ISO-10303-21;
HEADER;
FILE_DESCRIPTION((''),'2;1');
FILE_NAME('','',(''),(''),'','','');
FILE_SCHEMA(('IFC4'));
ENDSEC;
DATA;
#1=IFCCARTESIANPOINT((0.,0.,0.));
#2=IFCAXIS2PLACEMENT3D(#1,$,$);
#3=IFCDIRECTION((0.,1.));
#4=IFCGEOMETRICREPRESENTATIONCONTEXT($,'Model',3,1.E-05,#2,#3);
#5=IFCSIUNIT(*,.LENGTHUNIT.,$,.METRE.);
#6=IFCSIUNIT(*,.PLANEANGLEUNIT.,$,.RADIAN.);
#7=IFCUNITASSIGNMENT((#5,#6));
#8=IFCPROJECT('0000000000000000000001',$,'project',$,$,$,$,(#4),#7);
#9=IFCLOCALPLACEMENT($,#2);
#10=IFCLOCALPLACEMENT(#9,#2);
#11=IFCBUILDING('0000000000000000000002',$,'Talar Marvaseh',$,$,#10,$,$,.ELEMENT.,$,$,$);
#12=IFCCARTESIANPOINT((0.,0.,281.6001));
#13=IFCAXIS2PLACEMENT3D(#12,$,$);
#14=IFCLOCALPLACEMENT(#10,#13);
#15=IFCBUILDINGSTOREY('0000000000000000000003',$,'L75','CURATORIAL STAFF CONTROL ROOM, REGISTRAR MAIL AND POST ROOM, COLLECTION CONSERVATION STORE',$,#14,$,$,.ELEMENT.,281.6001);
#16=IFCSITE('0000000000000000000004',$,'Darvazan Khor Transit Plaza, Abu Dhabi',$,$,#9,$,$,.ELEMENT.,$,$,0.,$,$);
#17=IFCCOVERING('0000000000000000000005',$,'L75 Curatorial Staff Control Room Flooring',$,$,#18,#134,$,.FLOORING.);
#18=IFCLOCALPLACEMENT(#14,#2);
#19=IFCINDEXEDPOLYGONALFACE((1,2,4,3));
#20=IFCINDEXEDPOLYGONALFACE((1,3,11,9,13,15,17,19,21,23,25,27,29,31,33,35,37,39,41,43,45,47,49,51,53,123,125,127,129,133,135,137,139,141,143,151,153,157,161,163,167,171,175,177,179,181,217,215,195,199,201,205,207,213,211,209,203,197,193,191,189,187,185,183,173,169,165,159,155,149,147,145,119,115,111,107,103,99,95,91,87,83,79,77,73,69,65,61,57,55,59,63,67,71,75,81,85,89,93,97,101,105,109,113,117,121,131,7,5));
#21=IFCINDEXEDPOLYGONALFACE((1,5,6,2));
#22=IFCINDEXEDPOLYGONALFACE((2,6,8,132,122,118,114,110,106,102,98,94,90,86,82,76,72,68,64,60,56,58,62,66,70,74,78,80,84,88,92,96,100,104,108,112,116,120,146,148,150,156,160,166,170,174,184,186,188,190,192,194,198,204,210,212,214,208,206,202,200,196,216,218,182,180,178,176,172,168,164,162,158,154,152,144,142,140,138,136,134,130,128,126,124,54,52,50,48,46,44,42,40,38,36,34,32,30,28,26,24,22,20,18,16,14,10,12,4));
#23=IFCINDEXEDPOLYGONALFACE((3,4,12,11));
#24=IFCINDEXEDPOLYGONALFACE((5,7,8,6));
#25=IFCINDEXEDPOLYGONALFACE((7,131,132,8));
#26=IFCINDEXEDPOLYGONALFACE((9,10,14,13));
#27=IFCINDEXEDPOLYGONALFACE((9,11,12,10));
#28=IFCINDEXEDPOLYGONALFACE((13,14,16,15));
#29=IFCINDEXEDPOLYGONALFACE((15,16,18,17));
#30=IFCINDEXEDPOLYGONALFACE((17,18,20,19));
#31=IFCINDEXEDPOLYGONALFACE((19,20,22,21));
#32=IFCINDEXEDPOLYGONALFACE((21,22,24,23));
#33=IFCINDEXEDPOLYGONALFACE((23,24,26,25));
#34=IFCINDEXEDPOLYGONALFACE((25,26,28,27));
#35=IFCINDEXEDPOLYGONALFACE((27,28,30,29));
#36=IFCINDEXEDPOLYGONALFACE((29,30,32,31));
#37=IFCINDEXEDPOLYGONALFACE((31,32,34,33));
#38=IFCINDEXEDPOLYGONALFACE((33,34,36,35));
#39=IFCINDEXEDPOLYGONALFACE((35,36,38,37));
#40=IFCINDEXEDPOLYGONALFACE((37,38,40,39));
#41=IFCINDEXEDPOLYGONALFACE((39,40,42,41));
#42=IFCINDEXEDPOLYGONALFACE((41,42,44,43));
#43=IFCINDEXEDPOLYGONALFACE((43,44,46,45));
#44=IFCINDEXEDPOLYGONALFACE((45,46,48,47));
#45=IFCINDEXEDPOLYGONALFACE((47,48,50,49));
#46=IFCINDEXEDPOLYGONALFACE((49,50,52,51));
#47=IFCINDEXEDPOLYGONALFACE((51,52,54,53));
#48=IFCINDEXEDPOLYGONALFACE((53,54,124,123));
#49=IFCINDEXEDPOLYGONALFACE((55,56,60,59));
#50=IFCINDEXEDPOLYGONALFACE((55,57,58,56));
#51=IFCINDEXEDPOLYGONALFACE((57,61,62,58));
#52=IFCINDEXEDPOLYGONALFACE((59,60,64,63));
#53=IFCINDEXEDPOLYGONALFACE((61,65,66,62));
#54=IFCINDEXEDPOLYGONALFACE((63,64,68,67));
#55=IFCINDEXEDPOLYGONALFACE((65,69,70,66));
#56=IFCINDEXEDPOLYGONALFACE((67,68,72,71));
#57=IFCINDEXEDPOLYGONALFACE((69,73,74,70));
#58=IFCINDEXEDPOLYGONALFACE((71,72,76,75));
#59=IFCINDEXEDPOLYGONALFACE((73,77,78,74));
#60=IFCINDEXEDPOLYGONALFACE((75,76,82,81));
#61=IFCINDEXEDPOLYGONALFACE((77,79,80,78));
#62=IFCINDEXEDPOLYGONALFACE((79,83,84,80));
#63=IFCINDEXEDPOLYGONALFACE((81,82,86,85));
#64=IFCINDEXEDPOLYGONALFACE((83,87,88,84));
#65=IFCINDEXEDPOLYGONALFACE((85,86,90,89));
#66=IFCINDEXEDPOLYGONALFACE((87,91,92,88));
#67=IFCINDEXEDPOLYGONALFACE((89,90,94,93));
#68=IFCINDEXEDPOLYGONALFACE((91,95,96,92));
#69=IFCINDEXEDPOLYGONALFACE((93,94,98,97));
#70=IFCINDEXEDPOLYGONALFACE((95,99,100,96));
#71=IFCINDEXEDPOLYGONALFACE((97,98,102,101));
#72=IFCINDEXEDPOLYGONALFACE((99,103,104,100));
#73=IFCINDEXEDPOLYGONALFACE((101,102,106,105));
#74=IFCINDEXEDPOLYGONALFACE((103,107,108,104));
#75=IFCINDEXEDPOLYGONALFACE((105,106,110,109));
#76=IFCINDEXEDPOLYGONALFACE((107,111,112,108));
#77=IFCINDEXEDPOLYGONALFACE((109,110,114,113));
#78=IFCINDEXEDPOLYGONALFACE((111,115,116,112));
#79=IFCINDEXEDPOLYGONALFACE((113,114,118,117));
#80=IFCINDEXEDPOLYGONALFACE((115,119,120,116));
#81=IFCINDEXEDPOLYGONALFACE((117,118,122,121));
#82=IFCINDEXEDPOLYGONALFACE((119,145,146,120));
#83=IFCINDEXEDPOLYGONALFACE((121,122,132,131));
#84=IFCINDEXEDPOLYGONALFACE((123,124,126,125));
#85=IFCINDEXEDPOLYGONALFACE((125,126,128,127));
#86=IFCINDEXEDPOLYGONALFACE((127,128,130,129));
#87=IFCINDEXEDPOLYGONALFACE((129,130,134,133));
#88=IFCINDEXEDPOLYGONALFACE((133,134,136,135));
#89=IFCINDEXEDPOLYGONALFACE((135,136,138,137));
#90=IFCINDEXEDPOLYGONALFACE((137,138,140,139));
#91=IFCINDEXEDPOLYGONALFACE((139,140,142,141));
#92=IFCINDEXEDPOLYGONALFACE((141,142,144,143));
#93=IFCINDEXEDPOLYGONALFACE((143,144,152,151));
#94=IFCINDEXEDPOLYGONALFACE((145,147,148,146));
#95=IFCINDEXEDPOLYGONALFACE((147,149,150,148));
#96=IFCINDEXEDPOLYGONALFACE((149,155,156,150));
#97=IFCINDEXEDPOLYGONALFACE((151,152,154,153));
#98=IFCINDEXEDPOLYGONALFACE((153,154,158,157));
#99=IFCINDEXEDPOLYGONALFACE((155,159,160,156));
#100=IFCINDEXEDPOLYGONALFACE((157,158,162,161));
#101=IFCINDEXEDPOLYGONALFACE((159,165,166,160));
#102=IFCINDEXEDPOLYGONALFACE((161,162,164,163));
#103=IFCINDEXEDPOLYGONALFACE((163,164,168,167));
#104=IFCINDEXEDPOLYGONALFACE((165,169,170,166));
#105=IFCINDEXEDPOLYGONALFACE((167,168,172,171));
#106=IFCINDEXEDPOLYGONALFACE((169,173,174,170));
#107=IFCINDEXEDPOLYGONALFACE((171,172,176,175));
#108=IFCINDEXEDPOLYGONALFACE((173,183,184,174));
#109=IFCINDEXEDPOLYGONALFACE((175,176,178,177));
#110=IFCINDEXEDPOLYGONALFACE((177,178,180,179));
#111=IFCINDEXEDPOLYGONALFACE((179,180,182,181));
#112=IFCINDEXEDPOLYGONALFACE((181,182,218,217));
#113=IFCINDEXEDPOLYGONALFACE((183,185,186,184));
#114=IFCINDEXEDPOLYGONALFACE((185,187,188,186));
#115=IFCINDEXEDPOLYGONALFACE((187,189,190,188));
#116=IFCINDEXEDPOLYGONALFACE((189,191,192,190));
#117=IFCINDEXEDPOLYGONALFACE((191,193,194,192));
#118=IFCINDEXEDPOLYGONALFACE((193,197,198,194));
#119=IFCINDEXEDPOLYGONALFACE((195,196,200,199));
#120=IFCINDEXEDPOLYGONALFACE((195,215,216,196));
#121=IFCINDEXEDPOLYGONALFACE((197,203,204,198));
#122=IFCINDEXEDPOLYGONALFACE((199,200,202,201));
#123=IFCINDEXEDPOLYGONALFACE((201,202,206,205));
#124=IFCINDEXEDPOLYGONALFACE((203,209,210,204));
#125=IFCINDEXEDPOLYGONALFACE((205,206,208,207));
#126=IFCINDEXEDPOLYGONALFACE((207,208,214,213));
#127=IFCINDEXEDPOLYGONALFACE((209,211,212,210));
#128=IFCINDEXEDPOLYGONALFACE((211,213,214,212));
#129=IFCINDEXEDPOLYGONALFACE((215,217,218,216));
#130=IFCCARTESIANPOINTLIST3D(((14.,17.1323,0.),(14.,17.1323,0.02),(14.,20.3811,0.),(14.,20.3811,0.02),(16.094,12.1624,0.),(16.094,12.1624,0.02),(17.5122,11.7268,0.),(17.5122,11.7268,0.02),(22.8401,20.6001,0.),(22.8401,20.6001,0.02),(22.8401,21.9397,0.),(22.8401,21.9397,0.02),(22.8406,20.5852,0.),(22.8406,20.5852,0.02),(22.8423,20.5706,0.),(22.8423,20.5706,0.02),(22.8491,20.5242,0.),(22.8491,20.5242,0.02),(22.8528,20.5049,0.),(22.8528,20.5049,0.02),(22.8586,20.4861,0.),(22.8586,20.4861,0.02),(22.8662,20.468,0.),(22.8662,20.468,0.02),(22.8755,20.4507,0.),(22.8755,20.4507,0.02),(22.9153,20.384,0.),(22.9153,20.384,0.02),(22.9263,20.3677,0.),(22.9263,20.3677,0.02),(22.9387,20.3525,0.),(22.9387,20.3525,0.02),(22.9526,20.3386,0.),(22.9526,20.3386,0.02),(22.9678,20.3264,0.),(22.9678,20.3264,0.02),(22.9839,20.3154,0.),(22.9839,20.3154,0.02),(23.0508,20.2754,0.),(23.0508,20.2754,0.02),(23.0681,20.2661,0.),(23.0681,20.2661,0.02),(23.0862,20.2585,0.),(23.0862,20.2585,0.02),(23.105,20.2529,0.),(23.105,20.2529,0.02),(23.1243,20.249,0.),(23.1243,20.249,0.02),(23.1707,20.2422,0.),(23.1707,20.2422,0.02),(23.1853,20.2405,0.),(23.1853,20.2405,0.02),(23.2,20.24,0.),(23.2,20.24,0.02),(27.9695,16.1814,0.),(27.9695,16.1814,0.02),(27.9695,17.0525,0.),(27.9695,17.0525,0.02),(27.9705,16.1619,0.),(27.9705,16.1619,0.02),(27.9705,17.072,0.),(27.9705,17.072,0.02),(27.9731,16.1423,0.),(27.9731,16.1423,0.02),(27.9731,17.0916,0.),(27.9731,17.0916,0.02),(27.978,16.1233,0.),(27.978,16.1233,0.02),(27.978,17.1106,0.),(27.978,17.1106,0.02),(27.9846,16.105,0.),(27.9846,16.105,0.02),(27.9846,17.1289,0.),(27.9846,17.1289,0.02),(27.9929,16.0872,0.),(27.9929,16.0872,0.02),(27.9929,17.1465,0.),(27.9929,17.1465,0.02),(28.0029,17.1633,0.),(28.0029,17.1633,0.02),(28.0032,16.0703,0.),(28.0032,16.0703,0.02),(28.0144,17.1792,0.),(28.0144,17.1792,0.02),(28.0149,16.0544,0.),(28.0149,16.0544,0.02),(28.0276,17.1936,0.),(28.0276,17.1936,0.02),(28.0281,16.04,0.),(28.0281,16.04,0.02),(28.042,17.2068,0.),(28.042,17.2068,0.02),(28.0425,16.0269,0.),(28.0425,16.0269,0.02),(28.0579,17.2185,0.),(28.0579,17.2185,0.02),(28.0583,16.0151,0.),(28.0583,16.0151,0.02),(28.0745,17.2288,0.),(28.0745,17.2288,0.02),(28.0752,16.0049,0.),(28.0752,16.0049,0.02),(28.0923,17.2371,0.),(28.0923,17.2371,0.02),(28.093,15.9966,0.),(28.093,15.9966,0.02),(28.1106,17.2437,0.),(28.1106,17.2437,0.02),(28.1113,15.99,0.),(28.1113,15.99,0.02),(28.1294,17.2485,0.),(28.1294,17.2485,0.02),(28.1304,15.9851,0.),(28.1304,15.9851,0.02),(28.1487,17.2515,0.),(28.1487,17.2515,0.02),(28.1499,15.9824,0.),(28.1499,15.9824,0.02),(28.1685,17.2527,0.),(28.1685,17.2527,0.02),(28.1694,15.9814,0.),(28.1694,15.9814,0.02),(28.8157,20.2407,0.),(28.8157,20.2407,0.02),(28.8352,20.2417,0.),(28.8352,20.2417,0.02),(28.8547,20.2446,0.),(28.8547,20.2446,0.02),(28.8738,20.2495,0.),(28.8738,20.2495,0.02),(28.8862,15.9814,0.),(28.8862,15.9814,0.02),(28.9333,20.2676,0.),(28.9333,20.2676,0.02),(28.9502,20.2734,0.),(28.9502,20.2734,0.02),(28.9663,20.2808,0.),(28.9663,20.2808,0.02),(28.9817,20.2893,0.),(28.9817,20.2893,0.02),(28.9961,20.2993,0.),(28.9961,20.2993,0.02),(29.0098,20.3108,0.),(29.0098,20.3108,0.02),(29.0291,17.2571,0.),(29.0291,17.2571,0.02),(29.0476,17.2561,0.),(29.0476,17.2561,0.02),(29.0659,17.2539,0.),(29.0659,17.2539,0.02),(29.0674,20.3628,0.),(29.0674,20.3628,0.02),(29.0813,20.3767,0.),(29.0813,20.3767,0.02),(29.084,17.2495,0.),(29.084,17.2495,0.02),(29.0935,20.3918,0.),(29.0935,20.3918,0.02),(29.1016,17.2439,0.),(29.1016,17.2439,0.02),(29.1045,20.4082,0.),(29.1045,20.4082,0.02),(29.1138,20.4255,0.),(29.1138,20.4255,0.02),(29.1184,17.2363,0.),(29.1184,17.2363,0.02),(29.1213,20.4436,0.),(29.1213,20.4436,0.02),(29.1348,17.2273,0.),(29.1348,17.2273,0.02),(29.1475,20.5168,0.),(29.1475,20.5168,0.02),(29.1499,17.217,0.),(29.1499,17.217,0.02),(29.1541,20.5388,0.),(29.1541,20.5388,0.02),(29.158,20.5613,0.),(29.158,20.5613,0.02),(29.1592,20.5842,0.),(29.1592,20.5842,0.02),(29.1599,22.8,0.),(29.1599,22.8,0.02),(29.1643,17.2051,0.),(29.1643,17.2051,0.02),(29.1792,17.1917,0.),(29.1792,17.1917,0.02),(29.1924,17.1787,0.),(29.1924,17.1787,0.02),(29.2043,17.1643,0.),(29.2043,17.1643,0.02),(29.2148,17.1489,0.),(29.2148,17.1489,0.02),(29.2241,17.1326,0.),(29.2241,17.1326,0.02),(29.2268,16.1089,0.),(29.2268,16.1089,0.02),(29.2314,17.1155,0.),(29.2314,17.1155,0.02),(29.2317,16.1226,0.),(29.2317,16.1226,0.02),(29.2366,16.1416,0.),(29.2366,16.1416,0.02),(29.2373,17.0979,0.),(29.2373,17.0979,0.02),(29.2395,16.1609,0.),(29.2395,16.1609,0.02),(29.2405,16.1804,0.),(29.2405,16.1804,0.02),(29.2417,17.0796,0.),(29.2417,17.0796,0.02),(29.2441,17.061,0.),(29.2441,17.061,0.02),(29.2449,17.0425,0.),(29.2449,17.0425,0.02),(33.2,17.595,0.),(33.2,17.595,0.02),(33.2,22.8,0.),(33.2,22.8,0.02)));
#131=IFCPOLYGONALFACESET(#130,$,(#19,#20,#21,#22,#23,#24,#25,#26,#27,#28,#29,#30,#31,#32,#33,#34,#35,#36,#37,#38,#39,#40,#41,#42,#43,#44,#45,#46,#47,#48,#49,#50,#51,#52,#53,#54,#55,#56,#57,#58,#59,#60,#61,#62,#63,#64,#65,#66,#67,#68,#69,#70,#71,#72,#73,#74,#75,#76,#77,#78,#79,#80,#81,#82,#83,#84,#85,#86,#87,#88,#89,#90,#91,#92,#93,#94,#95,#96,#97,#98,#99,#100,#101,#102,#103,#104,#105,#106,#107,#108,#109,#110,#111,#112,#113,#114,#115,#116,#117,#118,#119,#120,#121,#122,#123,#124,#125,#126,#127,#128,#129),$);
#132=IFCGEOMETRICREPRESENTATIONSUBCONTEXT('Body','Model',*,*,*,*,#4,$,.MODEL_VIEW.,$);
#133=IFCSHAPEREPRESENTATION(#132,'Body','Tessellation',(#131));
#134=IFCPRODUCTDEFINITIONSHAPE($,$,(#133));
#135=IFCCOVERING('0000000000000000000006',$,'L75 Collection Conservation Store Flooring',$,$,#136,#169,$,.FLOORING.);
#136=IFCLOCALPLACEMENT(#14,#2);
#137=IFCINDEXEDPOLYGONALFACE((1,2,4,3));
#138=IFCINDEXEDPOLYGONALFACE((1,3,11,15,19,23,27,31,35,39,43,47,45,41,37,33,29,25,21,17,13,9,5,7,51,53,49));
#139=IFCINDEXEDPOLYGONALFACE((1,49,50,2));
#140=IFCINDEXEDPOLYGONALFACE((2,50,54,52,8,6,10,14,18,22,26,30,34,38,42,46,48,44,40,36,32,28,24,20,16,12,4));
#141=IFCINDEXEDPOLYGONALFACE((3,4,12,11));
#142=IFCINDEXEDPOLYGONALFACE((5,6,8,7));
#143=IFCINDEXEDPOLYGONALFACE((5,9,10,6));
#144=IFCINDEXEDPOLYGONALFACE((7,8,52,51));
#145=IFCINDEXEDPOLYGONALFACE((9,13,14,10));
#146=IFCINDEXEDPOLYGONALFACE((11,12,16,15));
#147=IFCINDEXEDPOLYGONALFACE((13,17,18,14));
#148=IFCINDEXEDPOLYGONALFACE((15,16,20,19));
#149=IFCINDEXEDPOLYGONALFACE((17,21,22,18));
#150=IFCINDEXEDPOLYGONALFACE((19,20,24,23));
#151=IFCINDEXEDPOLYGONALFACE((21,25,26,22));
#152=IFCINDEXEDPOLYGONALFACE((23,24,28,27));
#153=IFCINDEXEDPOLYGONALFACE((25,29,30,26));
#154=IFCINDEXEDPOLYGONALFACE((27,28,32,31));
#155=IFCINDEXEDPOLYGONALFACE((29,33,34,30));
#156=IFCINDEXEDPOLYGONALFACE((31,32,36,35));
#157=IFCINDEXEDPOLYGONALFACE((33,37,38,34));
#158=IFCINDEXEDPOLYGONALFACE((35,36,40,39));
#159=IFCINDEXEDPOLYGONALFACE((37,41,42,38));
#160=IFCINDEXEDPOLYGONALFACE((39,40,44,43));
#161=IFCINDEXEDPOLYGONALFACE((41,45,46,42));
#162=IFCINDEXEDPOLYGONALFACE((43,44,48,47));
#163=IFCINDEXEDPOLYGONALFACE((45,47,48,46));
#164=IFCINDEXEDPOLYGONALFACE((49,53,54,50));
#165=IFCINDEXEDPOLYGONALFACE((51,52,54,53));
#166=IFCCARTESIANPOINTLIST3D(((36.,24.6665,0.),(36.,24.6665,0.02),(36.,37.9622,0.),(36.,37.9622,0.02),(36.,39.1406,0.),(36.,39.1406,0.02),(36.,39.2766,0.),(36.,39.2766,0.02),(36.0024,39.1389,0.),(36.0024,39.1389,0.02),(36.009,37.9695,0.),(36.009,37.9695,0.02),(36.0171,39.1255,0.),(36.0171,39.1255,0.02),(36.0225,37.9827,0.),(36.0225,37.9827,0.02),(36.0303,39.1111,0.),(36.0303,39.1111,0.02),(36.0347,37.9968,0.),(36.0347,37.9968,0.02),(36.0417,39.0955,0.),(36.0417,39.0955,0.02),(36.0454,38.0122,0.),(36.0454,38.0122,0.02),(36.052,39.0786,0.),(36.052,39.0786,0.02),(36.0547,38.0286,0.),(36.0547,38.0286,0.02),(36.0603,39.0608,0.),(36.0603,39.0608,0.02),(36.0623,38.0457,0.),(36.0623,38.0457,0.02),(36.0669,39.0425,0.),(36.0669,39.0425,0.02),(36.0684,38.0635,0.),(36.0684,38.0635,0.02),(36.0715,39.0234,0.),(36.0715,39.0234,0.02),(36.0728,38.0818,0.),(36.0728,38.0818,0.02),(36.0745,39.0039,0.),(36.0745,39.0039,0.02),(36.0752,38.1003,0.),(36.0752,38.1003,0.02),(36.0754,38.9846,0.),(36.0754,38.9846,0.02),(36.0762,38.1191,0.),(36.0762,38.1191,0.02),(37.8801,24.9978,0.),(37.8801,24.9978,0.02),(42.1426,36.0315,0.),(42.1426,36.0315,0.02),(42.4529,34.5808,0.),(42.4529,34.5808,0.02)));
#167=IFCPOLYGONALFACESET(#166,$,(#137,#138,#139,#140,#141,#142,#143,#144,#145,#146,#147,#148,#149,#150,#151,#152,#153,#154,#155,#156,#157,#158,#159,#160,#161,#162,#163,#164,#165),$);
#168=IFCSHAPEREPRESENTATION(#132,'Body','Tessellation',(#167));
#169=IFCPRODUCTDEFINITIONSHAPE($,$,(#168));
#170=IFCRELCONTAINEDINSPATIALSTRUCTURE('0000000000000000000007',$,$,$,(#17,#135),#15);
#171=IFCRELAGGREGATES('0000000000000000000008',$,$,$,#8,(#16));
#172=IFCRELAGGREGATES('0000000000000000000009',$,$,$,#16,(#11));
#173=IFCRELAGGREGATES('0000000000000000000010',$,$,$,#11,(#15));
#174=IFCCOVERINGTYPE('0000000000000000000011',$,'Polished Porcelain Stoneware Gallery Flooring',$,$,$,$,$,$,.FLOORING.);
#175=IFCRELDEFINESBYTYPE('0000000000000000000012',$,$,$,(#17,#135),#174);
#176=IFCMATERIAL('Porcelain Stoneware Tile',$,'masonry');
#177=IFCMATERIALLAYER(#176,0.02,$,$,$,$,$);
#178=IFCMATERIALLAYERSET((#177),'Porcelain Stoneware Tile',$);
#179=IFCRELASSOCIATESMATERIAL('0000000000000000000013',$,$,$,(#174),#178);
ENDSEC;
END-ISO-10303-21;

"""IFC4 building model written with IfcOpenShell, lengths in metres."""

from ifc_helpers import new_model, si_unit, direction, frame, origin, place, context, subcontext, project, spatial, polyline, outline, extrude, material, layer, layer_set, type_object, element, save


model = new_model("IFC4")

# Units and contexts
model_context = context("Model", 3, precision=1e-05, world=origin(), true_north=direction((0.0, 1.0)))
body_context = subcontext(model_context, "Body", "Model", "MODEL_VIEW")
ifc_project = project(units=[si_unit("LENGTHUNIT", "METRE"), si_unit("PLANEANGLEUNIT", "RADIAN")], contexts=[model_context])

# Site, building, storey
site_placement = place(None, origin())
site = spatial("IfcSite", under=ifc_project, at=site_placement, Name="Darvazan Khor Transit Plaza, Abu Dhabi", CompositionType="ELEMENT", RefElevation=0.0)
building_placement = place(site_placement, origin())
building = spatial("IfcBuilding", under=site, at=building_placement, Name="Talar Marvaseh", CompositionType="ELEMENT")
storey_placement = place(building_placement, frame((0.0, 0.0, 281.6001)))
storey = spatial("IfcBuildingStorey", under=building, at=storey_placement, Name="L75", Description="CURATORIAL STAFF CONTROL ROOM, REGISTRAR MAIL AND POST ROOM, COLLECTION CONSERVATION STORE", CompositionType="ELEMENT", Elevation=281.6001)

# Coverings
ifc_material_1 = material(Name="Porcelain Stoneware Tile", Category="masonry")
ifc_layer_1 = layer(ifc_material_1, 0.02)
ifc_layer_set_1 = layer_set([ifc_layer_1], Name="Porcelain Stoneware Tile")
covering_type_1 = type_object("IfcCoveringType", Name="Polished Porcelain Stoneware Gallery Flooring", PredefinedType="FLOORING", material=ifc_layer_set_1)
covering_1_placement = place(storey_placement, origin())
element("IfcCovering", 1, at=covering_1_placement, inside=storey, type_object=covering_type_1, Name="L75 Curatorial Staff Control Room Flooring", PredefinedType="FLOORING", context=body_context, shape_type="SweptSolid", body=[
    extrude(outline(polyline([(22.8401, 20.6001), (22.8406, 20.5852), (22.8423, 20.5706), (22.8491, 20.5242), (22.8528, 20.5049), (22.8586, 20.4861), (22.8662, 20.468), (22.8755, 20.4507), (22.9153, 20.384), (22.9263, 20.3677), (22.9387, 20.3525), (22.9526, 20.3386), (22.9678, 20.3264), (22.9839, 20.3154), (23.0508, 20.2754), (23.0681, 20.2661), (23.0862, 20.2585), (23.105, 20.2529), (23.1243, 20.249), (23.1707, 20.2422), (23.1853, 20.2405), (23.2, 20.24), (28.8157, 20.2407), (28.8352, 20.2417), (28.8547, 20.2446), (28.8738, 20.2495), (28.9333, 20.2676), (28.9502, 20.2734), (28.9663, 20.2808), (28.9817, 20.2893), (28.9961, 20.2993), (29.0098, 20.3108), (29.0674, 20.3628), (29.0813, 20.3767), (29.0935, 20.3918), (29.1045, 20.4082), (29.1138, 20.4255), (29.1213, 20.4436), (29.1475, 20.5168), (29.1541, 20.5388), (29.158, 20.5613), (29.1592, 20.5842), (29.1599, 22.8), (33.2, 22.8), (33.2, 17.595), (29.2268, 16.1089), (29.2317, 16.1226), (29.2366, 16.1416), (29.2395, 16.1609), (29.2405, 16.1804), (29.2449, 17.0425), (29.2441, 17.061), (29.2417, 17.0796), (29.2373, 17.0979), (29.2314, 17.1155), (29.2241, 17.1326), (29.2148, 17.1489), (29.2043, 17.1643), (29.1924, 17.1787), (29.1792, 17.1917), (29.1643, 17.2051), (29.1499, 17.217), (29.1348, 17.2273), (29.1184, 17.2363), (29.1016, 17.2439), (29.084, 17.2495), (29.0659, 17.2539), (29.0476, 17.2561), (29.0291, 17.2571), (28.1685, 17.2527), (28.1487, 17.2515), (28.1294, 17.2485), (28.1106, 17.2437), (28.0923, 17.2371), (28.0745, 17.2288), (28.0579, 17.2185), (28.042, 17.2068), (28.0276, 17.1936), (28.0144, 17.1792), (28.0029, 17.1633), (27.9929, 17.1465), (27.9846, 17.1289), (27.978, 17.1106), (27.9731, 17.0916), (27.9705, 17.072), (27.9695, 17.0525), (27.9695, 16.1814), (27.9705, 16.1619), (27.9731, 16.1423), (27.978, 16.1233), (27.9846, 16.105), (27.9929, 16.0872), (28.0032, 16.0703), (28.0149, 16.0544), (28.0281, 16.04), (28.0425, 16.0269), (28.0583, 16.0151), (28.0752, 16.0049), (28.093, 15.9966), (28.1113, 15.99), (28.1304, 15.9851), (28.1499, 15.9824), (28.1694, 15.9814), (28.8862, 15.9814), (17.5122, 11.7268), (16.094, 12.1624), (14.0, 17.1323), (14.0, 20.3811), (22.8401, 21.9397), (22.8401, 20.6001)])), origin(), (0.0, 0.0, 1.0), 0.02),
])
covering_2_placement = place(storey_placement, origin())
element("IfcCovering", 2, at=covering_2_placement, inside=storey, type_object=covering_type_1, Name="L75 Collection Conservation Store Flooring", PredefinedType="FLOORING", context=body_context, shape_type="SweptSolid", body=[
    extrude(outline(polyline([(36.0225, 37.9827), (36.0347, 37.9968), (36.0454, 38.0122), (36.0547, 38.0286), (36.0623, 38.0457), (36.0684, 38.0635), (36.0728, 38.0818), (36.0752, 38.1003), (36.0762, 38.1191), (36.0754, 38.9846), (36.0745, 39.0039), (36.0715, 39.0234), (36.0669, 39.0425), (36.0603, 39.0608), (36.052, 39.0786), (36.0417, 39.0955), (36.0303, 39.1111), (36.0171, 39.1255), (36.0024, 39.1389), (36.0, 39.1406), (36.0, 39.2766), (42.1426, 36.0315), (42.4529, 34.5808), (37.8801, 24.9978), (36.0, 24.6665), (36.0, 37.9622), (36.009, 37.9695), (36.0225, 37.9827)])), origin(), (0.0, 0.0, 1.0), 0.02),
])

save(model, "model.ifc")
